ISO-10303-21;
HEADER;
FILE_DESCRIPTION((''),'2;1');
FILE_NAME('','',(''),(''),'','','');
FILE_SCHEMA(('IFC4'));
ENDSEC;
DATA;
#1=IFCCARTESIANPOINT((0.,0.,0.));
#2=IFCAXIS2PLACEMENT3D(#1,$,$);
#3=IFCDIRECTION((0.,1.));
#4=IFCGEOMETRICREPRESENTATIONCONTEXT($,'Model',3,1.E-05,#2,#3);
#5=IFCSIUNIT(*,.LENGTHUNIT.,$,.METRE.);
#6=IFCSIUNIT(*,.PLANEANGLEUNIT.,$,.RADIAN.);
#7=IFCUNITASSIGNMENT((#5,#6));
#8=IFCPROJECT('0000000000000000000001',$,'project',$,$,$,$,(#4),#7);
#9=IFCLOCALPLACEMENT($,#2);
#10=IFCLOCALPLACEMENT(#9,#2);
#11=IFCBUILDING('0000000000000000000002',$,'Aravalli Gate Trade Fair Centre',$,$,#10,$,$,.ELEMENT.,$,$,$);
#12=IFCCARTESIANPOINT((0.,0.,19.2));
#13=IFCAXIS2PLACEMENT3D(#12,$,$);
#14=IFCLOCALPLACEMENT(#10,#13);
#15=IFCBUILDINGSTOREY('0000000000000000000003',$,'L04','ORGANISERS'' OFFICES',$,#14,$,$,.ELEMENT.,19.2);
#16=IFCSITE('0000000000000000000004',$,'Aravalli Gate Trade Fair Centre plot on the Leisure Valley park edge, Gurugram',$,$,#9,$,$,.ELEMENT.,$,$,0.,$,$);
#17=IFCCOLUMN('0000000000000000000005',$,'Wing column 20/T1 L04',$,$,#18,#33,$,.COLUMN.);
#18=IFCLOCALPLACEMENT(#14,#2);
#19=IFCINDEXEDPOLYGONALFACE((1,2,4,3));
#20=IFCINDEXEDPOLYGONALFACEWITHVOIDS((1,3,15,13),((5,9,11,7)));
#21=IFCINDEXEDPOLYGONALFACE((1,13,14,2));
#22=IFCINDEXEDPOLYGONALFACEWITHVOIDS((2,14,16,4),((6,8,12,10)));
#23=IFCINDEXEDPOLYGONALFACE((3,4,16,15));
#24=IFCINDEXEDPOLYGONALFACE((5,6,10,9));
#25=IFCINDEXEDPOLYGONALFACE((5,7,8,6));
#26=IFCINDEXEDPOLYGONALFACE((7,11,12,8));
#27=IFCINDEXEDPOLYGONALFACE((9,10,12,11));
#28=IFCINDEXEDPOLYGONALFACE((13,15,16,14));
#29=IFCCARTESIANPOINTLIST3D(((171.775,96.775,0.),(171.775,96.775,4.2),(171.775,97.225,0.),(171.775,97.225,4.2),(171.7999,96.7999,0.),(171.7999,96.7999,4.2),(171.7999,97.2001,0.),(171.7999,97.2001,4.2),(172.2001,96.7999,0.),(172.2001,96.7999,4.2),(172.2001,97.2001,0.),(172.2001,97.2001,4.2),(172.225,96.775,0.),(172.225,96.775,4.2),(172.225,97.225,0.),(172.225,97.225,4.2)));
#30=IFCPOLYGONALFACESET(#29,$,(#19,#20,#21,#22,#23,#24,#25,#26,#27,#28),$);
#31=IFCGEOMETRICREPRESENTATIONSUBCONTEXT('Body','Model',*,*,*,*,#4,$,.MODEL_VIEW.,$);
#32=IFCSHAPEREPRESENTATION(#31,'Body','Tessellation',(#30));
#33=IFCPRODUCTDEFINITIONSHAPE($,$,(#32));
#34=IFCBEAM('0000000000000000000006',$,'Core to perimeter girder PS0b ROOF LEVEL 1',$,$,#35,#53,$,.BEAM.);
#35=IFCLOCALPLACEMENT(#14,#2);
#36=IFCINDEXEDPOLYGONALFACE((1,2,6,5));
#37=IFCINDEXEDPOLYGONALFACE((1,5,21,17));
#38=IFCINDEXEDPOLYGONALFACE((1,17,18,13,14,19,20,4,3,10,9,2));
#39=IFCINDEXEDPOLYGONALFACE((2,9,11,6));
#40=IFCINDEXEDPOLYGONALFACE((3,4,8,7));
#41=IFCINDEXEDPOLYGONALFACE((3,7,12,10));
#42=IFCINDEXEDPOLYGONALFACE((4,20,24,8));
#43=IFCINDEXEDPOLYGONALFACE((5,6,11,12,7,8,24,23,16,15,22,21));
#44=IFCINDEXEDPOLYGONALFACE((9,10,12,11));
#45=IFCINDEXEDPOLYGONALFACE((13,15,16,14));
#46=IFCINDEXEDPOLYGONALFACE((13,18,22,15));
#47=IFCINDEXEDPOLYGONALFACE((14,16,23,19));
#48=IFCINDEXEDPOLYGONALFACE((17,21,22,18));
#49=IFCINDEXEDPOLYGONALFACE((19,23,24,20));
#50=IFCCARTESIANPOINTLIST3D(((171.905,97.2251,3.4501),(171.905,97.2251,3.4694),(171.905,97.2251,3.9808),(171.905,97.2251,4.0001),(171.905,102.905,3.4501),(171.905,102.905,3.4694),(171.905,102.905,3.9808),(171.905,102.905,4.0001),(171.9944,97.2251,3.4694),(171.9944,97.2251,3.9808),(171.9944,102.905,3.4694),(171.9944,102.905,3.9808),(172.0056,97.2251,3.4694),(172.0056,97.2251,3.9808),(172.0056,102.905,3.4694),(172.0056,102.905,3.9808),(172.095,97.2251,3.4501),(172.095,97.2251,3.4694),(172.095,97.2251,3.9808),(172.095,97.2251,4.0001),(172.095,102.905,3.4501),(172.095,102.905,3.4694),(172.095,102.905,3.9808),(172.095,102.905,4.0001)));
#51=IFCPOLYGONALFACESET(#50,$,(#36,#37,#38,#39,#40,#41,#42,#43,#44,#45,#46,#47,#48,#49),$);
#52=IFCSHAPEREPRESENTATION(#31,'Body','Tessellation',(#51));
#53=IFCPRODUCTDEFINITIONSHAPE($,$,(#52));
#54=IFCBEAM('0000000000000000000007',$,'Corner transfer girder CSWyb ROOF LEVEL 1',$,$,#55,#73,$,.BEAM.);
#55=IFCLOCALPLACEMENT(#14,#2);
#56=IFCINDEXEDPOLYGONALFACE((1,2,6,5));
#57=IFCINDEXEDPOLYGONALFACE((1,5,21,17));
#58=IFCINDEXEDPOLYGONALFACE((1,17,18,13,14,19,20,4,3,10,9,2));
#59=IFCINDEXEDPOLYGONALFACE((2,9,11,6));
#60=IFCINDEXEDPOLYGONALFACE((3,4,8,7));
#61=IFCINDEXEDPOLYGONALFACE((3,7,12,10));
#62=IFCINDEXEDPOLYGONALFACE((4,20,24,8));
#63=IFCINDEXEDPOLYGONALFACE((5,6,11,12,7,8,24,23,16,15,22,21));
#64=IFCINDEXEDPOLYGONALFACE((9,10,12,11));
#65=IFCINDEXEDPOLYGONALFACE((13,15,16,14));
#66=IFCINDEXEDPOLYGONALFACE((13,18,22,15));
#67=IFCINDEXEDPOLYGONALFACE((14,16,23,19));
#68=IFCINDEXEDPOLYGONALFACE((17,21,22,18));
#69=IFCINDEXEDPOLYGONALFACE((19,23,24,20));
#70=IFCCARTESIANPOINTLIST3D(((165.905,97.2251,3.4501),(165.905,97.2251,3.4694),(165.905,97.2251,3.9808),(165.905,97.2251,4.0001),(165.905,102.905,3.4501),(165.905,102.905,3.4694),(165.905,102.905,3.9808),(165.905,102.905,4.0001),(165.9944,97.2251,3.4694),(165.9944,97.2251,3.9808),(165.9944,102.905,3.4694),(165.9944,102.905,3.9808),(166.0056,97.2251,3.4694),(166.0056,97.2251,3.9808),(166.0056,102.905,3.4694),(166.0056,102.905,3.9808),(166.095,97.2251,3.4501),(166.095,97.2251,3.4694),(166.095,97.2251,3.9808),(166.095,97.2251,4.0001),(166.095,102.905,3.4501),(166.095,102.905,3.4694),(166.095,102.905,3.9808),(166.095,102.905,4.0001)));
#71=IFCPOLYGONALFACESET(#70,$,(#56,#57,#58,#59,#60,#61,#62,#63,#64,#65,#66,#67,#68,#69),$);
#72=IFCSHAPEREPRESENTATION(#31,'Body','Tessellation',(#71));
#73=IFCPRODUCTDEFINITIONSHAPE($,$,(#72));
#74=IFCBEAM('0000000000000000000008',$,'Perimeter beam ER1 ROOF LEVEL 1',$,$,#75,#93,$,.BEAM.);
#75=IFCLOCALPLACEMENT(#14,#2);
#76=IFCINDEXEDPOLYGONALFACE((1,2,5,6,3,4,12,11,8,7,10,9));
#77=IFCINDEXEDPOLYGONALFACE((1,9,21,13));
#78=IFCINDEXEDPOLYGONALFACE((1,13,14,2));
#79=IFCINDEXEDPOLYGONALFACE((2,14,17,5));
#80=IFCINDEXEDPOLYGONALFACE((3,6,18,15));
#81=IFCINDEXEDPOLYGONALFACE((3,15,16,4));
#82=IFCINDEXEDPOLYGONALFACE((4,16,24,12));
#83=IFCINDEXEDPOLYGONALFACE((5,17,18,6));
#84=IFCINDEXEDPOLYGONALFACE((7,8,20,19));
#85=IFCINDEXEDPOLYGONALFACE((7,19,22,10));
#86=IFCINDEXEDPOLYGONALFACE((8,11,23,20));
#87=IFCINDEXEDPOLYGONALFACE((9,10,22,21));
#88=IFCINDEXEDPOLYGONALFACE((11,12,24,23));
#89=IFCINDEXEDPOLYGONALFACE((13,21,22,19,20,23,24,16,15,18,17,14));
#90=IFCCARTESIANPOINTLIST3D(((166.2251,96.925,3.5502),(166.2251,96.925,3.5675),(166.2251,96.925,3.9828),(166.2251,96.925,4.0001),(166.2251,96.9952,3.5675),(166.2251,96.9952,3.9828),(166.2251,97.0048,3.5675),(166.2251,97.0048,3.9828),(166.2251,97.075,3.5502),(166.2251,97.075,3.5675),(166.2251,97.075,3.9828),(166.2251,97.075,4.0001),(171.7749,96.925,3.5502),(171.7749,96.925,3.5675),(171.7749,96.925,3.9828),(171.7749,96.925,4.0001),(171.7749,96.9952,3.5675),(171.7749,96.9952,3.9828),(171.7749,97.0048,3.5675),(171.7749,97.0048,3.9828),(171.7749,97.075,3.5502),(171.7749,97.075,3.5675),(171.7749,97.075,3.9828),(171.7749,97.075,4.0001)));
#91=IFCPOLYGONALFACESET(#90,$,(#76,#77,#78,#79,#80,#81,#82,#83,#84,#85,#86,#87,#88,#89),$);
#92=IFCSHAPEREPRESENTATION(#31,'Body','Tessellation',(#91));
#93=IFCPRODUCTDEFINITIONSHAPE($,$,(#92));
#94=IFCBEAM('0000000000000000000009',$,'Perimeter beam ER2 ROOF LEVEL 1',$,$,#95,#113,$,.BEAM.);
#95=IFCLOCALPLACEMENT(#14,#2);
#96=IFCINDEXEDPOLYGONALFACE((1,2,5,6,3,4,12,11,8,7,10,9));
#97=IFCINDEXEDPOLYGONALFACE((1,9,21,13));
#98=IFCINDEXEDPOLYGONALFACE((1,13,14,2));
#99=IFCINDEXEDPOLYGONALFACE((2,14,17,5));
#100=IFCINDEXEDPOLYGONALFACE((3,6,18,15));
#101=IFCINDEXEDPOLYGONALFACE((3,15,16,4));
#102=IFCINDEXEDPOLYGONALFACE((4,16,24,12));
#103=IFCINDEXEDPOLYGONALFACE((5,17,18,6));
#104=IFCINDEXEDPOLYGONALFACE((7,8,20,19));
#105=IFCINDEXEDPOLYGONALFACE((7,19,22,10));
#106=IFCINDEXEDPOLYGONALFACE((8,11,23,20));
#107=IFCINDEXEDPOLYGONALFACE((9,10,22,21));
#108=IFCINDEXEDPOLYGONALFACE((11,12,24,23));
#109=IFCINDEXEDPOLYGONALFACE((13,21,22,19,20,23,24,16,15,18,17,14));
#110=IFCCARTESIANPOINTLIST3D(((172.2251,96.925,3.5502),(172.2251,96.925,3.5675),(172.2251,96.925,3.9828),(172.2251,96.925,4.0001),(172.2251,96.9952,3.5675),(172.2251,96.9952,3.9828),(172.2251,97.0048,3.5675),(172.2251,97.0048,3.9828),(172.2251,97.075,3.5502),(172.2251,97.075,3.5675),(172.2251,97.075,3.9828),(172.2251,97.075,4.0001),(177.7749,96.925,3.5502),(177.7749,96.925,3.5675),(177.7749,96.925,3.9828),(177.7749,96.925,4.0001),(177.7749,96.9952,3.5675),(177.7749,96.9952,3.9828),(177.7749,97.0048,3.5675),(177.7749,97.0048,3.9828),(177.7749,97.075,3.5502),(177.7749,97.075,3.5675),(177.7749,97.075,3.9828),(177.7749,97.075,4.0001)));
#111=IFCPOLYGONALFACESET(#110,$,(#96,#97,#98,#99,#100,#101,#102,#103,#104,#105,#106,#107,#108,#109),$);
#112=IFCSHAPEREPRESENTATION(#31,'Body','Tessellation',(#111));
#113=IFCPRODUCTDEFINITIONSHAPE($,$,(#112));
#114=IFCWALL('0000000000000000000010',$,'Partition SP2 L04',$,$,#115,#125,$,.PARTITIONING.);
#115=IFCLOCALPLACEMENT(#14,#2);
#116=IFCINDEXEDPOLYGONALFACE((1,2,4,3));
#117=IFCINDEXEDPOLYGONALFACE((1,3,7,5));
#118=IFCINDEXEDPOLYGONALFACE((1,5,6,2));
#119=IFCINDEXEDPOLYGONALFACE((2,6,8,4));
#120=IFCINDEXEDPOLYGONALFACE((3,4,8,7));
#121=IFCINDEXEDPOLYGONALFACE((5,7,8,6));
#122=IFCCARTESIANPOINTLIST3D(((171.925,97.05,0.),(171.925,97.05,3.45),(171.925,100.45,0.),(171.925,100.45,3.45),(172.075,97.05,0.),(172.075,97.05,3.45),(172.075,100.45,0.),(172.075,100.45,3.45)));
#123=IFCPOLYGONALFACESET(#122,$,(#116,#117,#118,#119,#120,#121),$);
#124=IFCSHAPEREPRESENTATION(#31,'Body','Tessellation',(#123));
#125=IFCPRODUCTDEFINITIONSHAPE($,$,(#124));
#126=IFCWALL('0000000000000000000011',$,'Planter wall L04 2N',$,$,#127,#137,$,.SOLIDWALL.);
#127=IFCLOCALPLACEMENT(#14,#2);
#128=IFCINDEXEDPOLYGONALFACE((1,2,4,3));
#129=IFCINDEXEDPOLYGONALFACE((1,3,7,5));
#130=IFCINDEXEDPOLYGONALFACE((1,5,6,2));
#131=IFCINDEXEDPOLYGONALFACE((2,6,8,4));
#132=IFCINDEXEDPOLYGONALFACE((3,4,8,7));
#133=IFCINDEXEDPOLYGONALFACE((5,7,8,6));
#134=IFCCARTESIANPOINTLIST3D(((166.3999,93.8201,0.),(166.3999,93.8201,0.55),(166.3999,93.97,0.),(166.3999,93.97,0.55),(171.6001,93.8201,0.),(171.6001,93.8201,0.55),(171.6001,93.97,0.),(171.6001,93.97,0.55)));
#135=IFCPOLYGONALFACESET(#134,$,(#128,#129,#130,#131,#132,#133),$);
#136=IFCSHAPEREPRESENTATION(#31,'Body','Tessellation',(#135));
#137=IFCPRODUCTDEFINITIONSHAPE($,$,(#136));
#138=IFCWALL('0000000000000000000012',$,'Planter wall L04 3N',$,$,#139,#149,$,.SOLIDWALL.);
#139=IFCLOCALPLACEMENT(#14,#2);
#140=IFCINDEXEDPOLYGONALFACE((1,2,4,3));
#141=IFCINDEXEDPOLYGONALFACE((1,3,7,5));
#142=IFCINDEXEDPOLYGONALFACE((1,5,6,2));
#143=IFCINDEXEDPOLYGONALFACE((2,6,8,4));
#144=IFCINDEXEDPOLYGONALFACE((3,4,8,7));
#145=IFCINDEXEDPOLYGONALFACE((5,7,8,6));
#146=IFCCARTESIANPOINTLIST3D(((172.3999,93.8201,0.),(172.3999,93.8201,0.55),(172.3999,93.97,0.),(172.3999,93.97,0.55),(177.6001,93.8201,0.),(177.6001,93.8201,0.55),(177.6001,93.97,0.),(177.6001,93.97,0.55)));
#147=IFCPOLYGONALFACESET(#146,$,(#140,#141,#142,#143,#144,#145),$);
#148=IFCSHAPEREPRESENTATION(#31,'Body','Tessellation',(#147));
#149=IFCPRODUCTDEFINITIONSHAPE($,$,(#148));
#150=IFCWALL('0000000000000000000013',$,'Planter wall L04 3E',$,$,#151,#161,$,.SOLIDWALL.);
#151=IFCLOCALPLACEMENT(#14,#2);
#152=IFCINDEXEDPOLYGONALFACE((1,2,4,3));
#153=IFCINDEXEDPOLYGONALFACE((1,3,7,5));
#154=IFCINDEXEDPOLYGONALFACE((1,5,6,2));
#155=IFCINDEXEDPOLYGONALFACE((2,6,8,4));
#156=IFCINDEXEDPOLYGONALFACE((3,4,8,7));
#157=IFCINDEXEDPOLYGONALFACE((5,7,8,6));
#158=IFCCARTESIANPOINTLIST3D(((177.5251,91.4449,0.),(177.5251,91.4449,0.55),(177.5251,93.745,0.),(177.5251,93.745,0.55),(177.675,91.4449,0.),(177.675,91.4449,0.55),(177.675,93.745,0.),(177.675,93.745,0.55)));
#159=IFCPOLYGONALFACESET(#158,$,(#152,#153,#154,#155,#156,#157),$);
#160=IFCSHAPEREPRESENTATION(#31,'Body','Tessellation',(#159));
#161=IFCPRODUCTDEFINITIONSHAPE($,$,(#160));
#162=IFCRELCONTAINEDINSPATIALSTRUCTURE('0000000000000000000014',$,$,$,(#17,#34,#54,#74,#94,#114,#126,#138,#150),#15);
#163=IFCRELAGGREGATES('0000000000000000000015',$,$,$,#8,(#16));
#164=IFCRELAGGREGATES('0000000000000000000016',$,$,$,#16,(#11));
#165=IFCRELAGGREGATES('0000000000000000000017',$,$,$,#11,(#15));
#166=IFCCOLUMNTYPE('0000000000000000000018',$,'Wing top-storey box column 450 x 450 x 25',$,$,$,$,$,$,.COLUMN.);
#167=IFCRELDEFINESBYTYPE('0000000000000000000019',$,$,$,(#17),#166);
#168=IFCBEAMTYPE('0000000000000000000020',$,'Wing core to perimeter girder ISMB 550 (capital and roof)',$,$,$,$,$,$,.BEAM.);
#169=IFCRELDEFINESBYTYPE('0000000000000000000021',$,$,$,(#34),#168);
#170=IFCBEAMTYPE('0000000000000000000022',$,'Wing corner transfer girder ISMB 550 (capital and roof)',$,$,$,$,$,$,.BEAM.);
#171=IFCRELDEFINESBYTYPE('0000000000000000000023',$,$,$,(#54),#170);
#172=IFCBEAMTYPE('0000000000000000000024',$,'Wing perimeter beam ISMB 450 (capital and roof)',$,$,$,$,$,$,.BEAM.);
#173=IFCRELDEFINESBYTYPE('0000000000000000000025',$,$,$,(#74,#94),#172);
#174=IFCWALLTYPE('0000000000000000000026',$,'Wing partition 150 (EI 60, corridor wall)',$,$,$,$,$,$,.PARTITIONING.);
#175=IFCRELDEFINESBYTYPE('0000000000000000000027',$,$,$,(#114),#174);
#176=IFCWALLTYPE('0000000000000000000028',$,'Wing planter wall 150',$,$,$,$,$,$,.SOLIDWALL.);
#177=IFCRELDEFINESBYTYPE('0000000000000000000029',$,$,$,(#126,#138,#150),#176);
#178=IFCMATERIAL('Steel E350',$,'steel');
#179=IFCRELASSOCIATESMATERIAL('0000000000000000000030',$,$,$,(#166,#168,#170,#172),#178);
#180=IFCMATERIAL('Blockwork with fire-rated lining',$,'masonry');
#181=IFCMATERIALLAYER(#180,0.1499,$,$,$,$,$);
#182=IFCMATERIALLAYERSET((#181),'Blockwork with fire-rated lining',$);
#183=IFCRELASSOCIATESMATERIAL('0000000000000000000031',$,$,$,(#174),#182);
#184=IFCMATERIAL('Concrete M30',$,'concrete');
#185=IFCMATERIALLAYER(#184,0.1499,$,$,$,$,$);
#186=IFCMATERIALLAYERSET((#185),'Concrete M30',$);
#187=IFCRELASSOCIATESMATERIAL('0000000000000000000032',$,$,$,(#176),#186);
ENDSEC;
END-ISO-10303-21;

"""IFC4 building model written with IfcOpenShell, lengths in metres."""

from ifc_helpers import new_model, si_unit, direction, frame, frame_2d, origin, origin_2d, place, context, subcontext, project, spatial, rectangle, hollow_rectangle, i_section, extrude, material, layer, layer_set, material_profile, profile_set, type_object, element, save


model = new_model("IFC4")

# Units and contexts
model_context = context("Model", 3, precision=1e-05, world=origin(), true_north=direction((0.0, 1.0)))
body_context = subcontext(model_context, "Body", "Model", "MODEL_VIEW")
ifc_project = project(units=[si_unit("LENGTHUNIT", "METRE"), si_unit("PLANEANGLEUNIT", "RADIAN")], contexts=[model_context])

# Site, building, storey
site_placement = place(None, origin())
site = spatial("IfcSite", under=ifc_project, at=site_placement, Name="Aravalli Gate Trade Fair Centre plot on the Leisure Valley park edge, Gurugram", CompositionType="ELEMENT", RefElevation=0.0)
building_placement = place(site_placement, origin())
building = spatial("IfcBuilding", under=site, at=building_placement, Name="Aravalli Gate Trade Fair Centre", CompositionType="ELEMENT")
storey_placement = place(building_placement, frame((0.0, 0.0, 19.2)))
storey = spatial("IfcBuildingStorey", under=building, at=storey_placement, Name="L04", Description="ORGANISERS' OFFICES", CompositionType="ELEMENT", Elevation=19.2)

# Column
ifc_material_1 = material(Name="Steel E350", Category="steel")
ifc_material_profile_1 = material_profile(ifc_material_1, hollow_rectangle(XDim=0.45, YDim=0.45, WallThickness=0.0249, at=origin_2d()), Name="BOX 450x450x25")
ifc_profile_set_1 = profile_set([ifc_material_profile_1], Name="Steel E350")
column_type = type_object("IfcColumnType", Name="Wing top-storey box column 450 x 450 x 25", PredefinedType="COLUMN", material=ifc_profile_set_1)
column_placement = place(storey_placement, frame((172.0, 97.0, 0.0), z_axis=(0.0, 0.0, 1.0), x_axis=(1.0, 0.0, 0.0)))
element("IfcColumn", 1, at=column_placement, inside=storey, type_object=column_type, Name="Wing column 20/T1 L04", PredefinedType="COLUMN", context=body_context, shape_type="SweptSolid", body=[
    extrude(hollow_rectangle(XDim=0.45, YDim=0.45, WallThickness=0.0249, at=origin_2d()), origin(), (0.0, 0.0, 1.0), 4.2),
])

# Beams
ifc_material_profile_2 = material_profile(ifc_material_1, i_section(OverallWidth=0.1899, OverallDepth=0.55, WebThickness=0.0112, FlangeThickness=0.0193, at=origin_2d()), Name="ISMB 550")
ifc_profile_set_2 = profile_set([ifc_material_profile_2], Name="Steel E350")
beam_type_1 = type_object("IfcBeamType", Name="Wing core to perimeter girder ISMB 550 (capital and roof)", PredefinedType="BEAM", material=ifc_profile_set_2)
beam_1_placement = place(storey_placement, frame((172.0, 97.2251, 3.7251), z_axis=(0.0, 1.0, 0.0), x_axis=(-1.0, 0.0, 0.0)))
element("IfcBeam", 2, at=beam_1_placement, inside=storey, type_object=beam_type_1, Name="Core to perimeter girder PS0b ROOF LEVEL 1", PredefinedType="BEAM", context=body_context, shape_type="SweptSolid", body=[
    extrude(i_section(OverallWidth=0.1899, OverallDepth=0.55, WebThickness=0.0112, FlangeThickness=0.0193, at=origin_2d()), origin(), (0.0, 0.0, 1.0), 5.6799),
])
ifc_material_profile_3 = material_profile(ifc_material_1, i_section(OverallWidth=0.1899, OverallDepth=0.55, WebThickness=0.0112, FlangeThickness=0.0193, at=origin_2d()), Name="ISMB 550")
ifc_profile_set_3 = profile_set([ifc_material_profile_3], Name="Steel E350")
beam_type_2 = type_object("IfcBeamType", Name="Wing corner transfer girder ISMB 550 (capital and roof)", PredefinedType="BEAM", material=ifc_profile_set_3)
beam_2_placement = place(storey_placement, frame((166.0, 97.2251, 3.7251), z_axis=(0.0, 1.0, 0.0), x_axis=(-1.0, 0.0, 0.0)))
element("IfcBeam", 3, at=beam_2_placement, inside=storey, type_object=beam_type_2, Name="Corner transfer girder CSWyb ROOF LEVEL 1", PredefinedType="BEAM", context=body_context, shape_type="SweptSolid", body=[
    extrude(i_section(OverallWidth=0.1899, OverallDepth=0.55, WebThickness=0.0112, FlangeThickness=0.0193, at=origin_2d()), origin(), (0.0, 0.0, 1.0), 5.6799),
])
ifc_material_profile_4 = material_profile(ifc_material_1, i_section(OverallWidth=0.1499, OverallDepth=0.45, WebThickness=0.0095, FlangeThickness=0.0173, at=origin_2d()), Name="ISMB 450")
ifc_profile_set_4 = profile_set([ifc_material_profile_4], Name="Steel E350")
beam_type_3 = type_object("IfcBeamType", Name="Wing perimeter beam ISMB 450 (capital and roof)", PredefinedType="BEAM", material=ifc_profile_set_4)
for number, where, z_axis, x_axis, name in (
    (4, (166.2251, 97.0, 3.7751), (1.0, 0.0, 0.0), (0.0, 1.0, 0.0), "Perimeter beam ER1 ROOF LEVEL 1"),
    (5, (172.2251, 97.0, 3.7751), (1.0, 0.0, 0.0), (0.0, 1.0, 0.0), "Perimeter beam ER2 ROOF LEVEL 1"),
):
    element("IfcBeam", number, at=place(storey_placement, frame(where, z_axis=z_axis, x_axis=x_axis)), inside=storey, type_object=beam_type_3, Name=name, PredefinedType="BEAM", context=body_context, shape_type="SweptSolid", body=[
        extrude(i_section(OverallWidth=0.1499, OverallDepth=0.45, WebThickness=0.0095, FlangeThickness=0.0173, at=origin_2d()), origin(), (0.0, 0.0, 1.0), 5.5498),
    ])

# Walls
ifc_material_2 = material(Name="Blockwork with fire-rated lining", Category="masonry")
ifc_layer_1 = layer(ifc_material_2, 0.1499)
ifc_layer_set_1 = layer_set([ifc_layer_1], Name="Blockwork with fire-rated lining")
wall_type_1 = type_object("IfcWallType", Name="Wing partition 150 (EI 60, corridor wall)", PredefinedType="PARTITIONING", material=ifc_layer_set_1)
wall_1_placement = place(storey_placement, frame((172.0, 97.05, 0.0), z_axis=(0.0, 0.0, 1.0), x_axis=(0.0, 1.0, 0.0)))
element("IfcWall", 6, at=wall_1_placement, inside=storey, type_object=wall_type_1, Name="Partition SP2 L04", PredefinedType="PARTITIONING", context=body_context, shape_type="SweptSolid", body=[
    extrude(rectangle(XDim=3.3999, YDim=0.1499, at=frame_2d((1.7, 0.0))), origin(), (0.0, 0.0, 1.0), 3.45),
])
ifc_material_3 = material(Name="Concrete M30", Category="concrete")
ifc_layer_2 = layer(ifc_material_3, 0.1499)
ifc_layer_set_2 = layer_set([ifc_layer_2], Name="Concrete M30")
wall_type_2 = type_object("IfcWallType", Name="Wing planter wall 150", PredefinedType="SOLIDWALL", material=ifc_layer_set_2)
for number, where, z_axis, x_axis, name in (
    (7, (166.3999, 93.895, 0.0), (0.0, 0.0, 1.0), (1.0, 0.0, 0.0), "Planter wall L04 2N"),
    (8, (172.3999, 93.895, 0.0), (0.0, 0.0, 1.0), (1.0, 0.0, 0.0), "Planter wall L04 3N"),
):
    element("IfcWall", number, at=place(storey_placement, frame(where, z_axis=z_axis, x_axis=x_axis)), inside=storey, type_object=wall_type_2, Name=name, PredefinedType="SOLIDWALL", context=body_context, shape_type="SweptSolid", body=[
        extrude(rectangle(XDim=5.2002, YDim=0.1499, at=frame_2d((2.6001, 0.0))), origin(), (0.0, 0.0, 1.0), 0.55),
    ])
wall_2_placement = place(storey_placement, frame((177.6001, 91.4451, 0.0), z_axis=(0.0, 0.0, 1.0), x_axis=(0.0, 1.0, 0.0)))
element("IfcWall", 9, at=wall_2_placement, inside=storey, type_object=wall_type_2, Name="Planter wall L04 3E", PredefinedType="SOLIDWALL", context=body_context, shape_type="SweptSolid", body=[
    extrude(rectangle(XDim=2.3, YDim=0.1499, at=frame_2d((1.1499, 0.0))), origin(), (0.0, 0.0, 1.0), 0.55),
])

save(model, "model.ifc")
